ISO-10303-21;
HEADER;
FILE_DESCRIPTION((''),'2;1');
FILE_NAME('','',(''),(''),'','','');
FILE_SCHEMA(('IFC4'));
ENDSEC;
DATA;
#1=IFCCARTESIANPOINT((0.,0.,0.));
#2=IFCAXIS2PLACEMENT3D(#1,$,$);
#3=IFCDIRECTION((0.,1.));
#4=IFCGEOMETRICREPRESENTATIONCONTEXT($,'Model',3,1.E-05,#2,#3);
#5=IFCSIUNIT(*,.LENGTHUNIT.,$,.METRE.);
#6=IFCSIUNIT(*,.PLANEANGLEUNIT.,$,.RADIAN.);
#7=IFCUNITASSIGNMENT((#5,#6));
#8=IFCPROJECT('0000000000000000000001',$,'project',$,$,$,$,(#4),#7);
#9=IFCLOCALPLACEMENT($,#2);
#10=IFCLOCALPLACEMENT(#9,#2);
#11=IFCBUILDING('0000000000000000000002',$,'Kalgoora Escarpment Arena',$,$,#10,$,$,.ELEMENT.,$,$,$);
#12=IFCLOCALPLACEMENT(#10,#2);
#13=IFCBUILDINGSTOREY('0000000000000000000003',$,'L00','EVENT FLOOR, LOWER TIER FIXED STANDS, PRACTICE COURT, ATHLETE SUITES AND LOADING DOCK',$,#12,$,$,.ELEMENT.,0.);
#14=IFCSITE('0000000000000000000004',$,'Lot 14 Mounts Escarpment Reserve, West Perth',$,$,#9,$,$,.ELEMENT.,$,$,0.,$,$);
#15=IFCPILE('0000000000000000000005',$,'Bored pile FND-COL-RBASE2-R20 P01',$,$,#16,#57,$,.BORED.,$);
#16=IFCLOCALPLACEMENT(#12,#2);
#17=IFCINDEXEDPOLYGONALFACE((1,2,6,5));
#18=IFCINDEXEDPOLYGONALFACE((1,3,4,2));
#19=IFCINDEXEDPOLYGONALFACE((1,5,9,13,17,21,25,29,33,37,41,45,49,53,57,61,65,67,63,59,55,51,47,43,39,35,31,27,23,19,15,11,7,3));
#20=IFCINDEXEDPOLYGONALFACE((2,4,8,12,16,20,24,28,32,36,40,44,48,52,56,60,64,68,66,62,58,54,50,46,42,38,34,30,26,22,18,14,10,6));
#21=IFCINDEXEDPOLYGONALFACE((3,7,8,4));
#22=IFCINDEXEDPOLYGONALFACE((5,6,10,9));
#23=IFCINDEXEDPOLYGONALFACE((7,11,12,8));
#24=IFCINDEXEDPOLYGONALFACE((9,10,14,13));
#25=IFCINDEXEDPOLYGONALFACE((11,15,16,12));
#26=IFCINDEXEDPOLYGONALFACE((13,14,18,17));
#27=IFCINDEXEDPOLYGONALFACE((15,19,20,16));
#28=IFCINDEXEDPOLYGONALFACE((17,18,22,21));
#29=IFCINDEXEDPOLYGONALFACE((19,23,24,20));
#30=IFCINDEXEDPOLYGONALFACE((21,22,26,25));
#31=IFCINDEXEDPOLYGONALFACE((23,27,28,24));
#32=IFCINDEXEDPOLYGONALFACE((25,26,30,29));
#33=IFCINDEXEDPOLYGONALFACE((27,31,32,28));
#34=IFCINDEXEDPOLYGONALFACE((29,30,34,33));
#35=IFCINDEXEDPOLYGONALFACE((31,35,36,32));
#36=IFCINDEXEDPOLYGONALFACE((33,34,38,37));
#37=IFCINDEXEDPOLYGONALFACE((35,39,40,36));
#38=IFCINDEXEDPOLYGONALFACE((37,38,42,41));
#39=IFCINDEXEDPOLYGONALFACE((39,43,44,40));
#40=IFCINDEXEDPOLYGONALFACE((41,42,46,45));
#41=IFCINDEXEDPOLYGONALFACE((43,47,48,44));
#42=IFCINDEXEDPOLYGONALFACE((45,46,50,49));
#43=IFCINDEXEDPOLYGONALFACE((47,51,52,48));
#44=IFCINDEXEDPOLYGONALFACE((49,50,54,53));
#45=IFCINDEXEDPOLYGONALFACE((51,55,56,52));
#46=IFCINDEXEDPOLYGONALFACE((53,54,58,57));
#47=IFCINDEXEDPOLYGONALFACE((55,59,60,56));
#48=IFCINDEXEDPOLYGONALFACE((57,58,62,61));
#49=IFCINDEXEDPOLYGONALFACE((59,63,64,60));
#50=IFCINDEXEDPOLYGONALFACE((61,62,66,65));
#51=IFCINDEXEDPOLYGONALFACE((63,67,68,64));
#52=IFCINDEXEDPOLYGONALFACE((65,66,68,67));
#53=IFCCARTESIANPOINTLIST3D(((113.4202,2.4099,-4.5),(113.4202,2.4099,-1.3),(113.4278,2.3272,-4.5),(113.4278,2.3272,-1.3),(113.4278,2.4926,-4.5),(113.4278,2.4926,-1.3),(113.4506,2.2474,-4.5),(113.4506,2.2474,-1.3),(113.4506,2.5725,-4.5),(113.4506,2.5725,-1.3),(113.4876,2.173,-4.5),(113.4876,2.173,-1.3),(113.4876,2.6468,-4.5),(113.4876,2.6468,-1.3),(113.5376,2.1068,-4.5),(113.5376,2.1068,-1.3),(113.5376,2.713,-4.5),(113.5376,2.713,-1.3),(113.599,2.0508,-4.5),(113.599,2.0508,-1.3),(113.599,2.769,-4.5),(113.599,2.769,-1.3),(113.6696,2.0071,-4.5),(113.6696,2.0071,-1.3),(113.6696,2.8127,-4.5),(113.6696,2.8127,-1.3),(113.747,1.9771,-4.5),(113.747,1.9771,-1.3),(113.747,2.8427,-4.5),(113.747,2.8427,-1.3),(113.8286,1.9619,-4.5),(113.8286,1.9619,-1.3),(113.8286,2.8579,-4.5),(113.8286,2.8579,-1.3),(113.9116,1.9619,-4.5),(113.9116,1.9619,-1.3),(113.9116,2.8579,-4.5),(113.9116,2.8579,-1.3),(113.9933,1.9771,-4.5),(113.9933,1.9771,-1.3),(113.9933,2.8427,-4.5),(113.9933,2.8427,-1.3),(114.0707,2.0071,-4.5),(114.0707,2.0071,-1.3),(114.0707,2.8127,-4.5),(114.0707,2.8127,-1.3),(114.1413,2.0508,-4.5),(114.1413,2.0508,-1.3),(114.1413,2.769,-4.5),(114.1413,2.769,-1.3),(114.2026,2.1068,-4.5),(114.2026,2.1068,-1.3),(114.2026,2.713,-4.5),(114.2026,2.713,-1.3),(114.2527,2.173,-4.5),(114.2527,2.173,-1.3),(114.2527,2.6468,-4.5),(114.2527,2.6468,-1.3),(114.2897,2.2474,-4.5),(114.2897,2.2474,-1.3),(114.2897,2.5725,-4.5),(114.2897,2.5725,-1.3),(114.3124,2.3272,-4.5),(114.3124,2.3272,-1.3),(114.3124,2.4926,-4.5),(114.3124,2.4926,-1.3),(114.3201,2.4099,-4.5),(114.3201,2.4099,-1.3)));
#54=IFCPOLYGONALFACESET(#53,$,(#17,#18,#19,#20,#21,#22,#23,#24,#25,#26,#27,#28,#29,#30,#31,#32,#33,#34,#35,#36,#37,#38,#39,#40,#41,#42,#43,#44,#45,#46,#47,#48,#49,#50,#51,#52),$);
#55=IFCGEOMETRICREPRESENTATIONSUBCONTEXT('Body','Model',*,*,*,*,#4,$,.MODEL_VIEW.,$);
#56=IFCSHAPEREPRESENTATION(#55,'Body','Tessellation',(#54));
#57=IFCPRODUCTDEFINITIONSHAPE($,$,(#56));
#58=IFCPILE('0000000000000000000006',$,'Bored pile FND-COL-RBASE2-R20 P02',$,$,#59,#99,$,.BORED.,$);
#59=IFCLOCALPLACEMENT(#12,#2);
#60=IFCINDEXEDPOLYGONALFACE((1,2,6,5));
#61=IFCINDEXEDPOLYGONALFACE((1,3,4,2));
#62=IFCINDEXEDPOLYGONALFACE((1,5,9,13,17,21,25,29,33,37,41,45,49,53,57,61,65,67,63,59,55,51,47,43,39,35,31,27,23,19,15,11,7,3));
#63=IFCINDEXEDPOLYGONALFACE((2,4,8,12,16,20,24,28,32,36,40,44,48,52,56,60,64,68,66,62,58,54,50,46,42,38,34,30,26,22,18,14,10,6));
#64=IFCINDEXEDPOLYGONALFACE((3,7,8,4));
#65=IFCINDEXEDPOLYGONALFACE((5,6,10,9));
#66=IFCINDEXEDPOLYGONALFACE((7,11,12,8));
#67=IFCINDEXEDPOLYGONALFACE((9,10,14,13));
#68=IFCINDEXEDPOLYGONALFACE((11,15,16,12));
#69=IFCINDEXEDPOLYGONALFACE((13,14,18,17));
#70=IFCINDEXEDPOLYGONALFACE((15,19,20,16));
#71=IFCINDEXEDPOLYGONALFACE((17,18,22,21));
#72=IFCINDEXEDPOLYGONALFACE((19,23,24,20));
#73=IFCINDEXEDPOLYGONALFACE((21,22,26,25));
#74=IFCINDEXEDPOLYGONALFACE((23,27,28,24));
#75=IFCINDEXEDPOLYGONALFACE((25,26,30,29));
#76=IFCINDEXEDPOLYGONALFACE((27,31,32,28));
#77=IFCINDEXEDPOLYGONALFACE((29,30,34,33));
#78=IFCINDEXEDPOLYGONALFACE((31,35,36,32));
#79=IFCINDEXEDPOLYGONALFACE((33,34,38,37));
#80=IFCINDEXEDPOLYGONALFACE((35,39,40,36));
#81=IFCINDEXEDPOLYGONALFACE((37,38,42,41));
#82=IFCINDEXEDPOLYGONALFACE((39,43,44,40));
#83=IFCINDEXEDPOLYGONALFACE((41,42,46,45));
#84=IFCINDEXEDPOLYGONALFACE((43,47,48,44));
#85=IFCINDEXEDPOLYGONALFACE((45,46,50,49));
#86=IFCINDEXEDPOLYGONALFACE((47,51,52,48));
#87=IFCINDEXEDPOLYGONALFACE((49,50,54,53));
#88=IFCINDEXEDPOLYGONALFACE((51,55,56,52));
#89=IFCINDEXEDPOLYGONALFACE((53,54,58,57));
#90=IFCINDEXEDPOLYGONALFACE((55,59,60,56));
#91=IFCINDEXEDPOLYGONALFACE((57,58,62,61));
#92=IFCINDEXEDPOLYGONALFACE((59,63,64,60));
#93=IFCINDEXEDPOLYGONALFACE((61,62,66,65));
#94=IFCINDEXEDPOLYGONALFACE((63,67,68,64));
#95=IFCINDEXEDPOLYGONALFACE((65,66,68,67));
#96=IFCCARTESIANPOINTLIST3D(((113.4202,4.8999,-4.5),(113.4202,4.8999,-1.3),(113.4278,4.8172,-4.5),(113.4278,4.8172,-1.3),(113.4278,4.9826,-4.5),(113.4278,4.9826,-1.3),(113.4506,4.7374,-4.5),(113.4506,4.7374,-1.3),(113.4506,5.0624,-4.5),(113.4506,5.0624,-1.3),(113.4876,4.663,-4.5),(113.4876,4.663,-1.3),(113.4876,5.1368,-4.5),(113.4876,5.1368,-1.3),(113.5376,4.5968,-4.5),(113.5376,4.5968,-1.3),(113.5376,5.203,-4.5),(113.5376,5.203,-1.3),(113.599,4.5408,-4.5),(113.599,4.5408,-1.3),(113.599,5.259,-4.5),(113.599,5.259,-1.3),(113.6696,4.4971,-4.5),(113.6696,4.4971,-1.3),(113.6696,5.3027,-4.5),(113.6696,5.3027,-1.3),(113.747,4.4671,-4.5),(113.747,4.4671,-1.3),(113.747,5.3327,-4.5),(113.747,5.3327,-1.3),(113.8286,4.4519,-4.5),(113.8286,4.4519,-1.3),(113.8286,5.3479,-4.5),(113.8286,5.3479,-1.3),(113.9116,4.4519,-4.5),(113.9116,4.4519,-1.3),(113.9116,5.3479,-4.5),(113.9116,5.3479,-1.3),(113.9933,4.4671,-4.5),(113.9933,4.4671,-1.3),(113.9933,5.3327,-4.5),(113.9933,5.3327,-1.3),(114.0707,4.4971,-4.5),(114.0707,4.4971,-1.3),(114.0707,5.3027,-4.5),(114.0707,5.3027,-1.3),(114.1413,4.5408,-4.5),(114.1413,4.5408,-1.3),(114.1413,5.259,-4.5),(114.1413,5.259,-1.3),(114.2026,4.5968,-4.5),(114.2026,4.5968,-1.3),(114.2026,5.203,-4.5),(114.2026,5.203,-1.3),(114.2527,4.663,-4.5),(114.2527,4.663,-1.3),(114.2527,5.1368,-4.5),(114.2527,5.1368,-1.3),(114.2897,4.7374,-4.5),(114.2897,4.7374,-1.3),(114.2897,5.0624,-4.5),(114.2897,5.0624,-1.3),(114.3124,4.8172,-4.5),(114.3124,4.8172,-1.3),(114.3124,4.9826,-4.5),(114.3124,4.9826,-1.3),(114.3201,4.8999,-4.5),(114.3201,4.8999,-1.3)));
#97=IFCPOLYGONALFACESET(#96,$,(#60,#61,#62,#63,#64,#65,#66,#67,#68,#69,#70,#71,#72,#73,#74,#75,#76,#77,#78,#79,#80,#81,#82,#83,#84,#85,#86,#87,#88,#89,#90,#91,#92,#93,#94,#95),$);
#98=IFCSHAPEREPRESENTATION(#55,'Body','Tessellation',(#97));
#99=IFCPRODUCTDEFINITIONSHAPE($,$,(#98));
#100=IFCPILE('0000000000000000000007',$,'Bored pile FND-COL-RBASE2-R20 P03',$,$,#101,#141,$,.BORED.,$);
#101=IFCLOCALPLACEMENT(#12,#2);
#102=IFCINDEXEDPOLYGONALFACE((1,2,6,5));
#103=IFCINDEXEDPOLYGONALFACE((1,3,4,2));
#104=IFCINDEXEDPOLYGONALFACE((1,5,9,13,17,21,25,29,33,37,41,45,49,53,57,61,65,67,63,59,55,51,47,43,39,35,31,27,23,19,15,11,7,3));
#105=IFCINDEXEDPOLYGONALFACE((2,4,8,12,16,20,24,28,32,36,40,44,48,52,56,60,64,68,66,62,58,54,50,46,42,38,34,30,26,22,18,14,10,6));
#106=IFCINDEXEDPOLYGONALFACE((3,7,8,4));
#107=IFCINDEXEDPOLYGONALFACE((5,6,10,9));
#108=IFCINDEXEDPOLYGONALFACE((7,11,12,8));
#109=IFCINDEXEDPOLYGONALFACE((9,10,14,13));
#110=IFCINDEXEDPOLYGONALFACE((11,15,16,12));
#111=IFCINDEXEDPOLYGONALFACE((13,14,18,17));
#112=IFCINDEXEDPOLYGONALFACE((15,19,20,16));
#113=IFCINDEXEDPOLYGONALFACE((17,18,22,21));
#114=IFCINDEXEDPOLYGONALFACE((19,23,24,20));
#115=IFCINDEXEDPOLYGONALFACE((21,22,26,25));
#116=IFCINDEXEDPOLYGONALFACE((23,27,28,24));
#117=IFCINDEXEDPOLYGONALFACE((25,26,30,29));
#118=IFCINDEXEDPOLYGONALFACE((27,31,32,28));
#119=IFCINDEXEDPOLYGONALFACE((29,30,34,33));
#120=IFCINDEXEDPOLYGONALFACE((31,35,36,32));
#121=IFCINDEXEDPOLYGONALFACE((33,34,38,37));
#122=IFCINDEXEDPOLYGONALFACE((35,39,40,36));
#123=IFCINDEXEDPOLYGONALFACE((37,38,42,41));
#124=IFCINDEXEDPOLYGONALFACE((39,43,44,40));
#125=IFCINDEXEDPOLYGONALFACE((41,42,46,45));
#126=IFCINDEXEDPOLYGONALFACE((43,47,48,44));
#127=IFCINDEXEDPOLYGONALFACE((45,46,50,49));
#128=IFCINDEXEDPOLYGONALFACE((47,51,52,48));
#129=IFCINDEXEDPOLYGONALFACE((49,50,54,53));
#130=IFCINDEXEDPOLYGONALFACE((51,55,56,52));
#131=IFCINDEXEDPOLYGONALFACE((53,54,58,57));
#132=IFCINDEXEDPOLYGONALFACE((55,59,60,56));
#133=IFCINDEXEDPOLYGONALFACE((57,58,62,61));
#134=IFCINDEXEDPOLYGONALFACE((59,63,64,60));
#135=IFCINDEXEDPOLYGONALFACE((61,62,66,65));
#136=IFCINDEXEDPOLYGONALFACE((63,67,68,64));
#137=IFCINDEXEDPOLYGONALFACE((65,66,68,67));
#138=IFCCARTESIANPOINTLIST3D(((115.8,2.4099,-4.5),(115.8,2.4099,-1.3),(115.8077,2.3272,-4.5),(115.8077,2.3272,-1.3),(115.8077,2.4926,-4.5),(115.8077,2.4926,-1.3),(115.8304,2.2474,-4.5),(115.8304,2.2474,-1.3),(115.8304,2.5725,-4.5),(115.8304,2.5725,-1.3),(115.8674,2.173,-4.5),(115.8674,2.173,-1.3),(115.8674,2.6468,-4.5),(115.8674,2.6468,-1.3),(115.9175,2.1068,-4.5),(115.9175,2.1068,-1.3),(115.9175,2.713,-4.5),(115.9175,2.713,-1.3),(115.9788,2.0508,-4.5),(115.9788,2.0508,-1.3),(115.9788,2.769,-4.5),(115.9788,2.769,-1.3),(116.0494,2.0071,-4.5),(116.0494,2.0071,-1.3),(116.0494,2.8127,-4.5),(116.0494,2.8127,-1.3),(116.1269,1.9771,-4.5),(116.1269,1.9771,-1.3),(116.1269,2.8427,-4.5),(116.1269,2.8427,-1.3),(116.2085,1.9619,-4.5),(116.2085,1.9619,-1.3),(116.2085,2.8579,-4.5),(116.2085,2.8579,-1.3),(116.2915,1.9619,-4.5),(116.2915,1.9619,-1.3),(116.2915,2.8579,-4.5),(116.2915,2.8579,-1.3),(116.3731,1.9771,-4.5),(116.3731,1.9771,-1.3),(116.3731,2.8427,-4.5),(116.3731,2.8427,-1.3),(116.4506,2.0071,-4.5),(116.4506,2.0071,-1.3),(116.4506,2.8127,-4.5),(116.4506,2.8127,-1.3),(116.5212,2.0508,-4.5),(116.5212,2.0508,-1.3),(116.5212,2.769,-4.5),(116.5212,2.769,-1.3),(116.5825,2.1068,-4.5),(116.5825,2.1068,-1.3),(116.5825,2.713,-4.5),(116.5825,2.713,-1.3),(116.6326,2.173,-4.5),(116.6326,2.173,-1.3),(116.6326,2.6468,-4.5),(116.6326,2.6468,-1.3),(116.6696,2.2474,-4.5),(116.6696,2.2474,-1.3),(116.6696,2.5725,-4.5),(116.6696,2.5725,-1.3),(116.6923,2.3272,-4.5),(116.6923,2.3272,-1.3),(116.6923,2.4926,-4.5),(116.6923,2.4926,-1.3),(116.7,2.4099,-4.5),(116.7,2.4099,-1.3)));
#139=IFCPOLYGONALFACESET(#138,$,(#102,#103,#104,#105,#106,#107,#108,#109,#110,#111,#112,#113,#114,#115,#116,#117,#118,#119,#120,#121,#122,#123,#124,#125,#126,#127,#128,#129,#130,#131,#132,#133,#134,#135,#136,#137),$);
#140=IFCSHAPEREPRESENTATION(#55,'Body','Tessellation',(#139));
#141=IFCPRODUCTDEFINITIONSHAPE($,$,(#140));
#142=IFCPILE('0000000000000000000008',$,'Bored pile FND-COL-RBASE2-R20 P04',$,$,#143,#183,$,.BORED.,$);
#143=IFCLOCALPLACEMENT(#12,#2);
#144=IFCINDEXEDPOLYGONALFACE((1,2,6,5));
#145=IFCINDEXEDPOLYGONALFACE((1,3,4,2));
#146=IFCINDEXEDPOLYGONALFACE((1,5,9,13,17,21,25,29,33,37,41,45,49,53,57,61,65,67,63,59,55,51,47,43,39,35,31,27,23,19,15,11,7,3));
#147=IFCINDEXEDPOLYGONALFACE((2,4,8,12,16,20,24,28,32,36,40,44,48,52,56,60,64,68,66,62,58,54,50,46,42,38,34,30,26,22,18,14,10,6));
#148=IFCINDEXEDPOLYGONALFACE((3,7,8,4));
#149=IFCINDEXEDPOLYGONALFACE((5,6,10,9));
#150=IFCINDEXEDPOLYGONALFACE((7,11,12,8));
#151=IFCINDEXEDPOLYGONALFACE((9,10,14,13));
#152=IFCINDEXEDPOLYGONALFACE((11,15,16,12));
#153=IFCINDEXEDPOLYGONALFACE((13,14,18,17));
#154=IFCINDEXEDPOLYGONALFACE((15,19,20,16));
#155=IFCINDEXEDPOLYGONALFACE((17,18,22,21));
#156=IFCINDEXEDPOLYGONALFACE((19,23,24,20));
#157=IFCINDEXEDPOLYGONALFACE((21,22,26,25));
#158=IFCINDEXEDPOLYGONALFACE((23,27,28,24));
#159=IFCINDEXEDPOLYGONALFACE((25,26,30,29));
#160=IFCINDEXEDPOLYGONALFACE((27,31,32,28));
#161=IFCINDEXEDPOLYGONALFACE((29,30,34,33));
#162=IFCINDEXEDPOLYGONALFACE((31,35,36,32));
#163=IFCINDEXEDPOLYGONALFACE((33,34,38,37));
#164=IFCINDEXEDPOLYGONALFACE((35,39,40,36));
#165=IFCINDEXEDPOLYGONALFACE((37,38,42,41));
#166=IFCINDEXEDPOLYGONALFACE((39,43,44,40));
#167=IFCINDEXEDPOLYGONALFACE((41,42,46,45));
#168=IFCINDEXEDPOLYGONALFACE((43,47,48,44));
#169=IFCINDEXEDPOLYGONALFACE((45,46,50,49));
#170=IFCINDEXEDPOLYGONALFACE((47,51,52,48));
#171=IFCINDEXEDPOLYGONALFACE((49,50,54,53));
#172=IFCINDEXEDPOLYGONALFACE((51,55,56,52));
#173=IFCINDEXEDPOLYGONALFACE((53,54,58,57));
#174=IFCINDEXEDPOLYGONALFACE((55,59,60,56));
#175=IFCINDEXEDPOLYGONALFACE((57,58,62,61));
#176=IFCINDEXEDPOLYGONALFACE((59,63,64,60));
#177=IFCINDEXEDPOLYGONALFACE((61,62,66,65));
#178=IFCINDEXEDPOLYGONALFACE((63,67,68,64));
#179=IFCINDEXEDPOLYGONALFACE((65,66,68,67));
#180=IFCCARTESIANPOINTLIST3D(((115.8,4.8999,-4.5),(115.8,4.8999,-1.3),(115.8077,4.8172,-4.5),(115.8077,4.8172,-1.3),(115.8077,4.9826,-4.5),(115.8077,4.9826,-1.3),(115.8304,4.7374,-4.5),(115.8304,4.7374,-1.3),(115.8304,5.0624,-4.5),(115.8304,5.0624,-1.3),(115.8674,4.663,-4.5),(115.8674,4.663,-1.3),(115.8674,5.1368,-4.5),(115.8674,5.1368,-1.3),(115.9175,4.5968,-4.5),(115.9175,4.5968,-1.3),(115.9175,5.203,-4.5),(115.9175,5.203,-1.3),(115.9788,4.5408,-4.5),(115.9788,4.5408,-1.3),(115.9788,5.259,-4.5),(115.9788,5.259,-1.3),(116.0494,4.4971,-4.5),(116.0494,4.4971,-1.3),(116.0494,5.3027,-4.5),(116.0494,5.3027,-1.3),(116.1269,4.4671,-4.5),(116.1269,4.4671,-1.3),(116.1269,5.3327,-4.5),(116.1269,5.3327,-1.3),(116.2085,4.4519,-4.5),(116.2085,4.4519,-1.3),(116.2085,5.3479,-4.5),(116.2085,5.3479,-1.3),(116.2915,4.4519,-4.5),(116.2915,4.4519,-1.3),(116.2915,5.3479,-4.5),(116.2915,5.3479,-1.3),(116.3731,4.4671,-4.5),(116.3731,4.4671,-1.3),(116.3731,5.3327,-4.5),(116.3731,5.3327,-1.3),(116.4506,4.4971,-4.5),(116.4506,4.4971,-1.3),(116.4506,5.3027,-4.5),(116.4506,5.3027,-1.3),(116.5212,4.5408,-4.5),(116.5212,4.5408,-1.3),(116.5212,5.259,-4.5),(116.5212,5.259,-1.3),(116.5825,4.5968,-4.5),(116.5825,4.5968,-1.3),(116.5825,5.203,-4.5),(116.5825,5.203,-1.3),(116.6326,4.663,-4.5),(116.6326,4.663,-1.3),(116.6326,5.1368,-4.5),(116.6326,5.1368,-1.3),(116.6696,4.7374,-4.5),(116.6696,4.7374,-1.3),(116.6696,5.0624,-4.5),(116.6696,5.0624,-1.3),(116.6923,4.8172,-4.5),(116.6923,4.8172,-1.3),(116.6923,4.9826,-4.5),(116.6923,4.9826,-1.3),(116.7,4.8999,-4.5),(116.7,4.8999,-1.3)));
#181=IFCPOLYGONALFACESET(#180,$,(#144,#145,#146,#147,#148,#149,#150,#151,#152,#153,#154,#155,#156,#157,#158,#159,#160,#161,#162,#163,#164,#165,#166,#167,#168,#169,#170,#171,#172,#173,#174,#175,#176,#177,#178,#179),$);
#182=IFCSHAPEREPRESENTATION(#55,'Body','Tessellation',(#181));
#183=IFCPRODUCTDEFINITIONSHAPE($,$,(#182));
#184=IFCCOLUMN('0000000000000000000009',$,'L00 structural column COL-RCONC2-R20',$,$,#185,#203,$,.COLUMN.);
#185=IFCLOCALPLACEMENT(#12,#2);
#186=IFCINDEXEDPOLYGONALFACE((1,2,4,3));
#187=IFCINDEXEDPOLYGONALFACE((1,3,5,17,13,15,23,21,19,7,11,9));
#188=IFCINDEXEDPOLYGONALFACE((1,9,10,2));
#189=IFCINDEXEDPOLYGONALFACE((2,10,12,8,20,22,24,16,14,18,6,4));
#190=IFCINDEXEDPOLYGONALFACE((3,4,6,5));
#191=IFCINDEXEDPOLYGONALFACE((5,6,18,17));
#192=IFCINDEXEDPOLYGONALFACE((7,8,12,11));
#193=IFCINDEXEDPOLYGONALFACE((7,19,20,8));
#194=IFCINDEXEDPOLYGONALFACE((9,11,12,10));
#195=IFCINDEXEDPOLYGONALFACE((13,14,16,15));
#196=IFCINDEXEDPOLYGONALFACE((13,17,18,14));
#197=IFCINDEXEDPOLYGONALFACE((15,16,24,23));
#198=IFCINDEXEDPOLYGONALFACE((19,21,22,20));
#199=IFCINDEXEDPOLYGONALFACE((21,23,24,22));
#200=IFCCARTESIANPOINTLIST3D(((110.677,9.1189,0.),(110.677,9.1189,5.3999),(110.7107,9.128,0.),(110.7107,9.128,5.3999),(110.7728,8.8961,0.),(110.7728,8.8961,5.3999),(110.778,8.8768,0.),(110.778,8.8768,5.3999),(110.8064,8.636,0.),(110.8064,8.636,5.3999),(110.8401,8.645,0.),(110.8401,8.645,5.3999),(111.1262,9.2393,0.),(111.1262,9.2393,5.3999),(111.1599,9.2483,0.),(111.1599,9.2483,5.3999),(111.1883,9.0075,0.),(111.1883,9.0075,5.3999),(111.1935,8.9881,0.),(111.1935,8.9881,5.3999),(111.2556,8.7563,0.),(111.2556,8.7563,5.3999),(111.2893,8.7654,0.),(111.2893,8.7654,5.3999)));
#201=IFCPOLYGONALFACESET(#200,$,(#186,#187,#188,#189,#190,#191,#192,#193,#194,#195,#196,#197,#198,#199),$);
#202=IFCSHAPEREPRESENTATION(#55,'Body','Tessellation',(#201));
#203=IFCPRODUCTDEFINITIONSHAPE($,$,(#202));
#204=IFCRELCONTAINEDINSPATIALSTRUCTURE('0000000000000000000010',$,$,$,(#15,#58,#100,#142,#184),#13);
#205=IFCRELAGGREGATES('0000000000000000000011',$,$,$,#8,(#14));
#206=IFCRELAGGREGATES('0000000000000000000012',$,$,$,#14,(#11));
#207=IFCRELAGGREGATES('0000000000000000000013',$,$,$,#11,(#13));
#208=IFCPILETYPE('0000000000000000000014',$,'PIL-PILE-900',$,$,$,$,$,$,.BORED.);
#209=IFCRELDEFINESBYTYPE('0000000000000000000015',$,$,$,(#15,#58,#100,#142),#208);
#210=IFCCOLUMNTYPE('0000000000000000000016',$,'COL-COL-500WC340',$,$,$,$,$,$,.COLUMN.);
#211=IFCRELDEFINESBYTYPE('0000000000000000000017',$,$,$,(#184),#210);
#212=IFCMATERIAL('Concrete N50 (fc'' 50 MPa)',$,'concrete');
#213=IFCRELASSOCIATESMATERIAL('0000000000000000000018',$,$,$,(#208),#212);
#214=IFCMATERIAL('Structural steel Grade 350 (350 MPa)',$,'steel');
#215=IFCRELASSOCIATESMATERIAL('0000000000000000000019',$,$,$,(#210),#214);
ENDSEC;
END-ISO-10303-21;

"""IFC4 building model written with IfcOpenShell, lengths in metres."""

from ifc_helpers import new_model, si_unit, direction, frame, origin, origin_2d, place, context, subcontext, project, spatial, circle, i_section, extrude, material, material_profile, profile_set, type_object, element, save


model = new_model("IFC4")

# Units and contexts
model_context = context("Model", 3, precision=1e-05, world=origin(), true_north=direction((0.0, 1.0)))
body_context = subcontext(model_context, "Body", "Model", "MODEL_VIEW")
ifc_project = project(units=[si_unit("LENGTHUNIT", "METRE"), si_unit("PLANEANGLEUNIT", "RADIAN")], contexts=[model_context])

# Site, building, storey
site_placement = place(None, origin())
site = spatial("IfcSite", under=ifc_project, at=site_placement, Name="Lot 14 Mounts Escarpment Reserve, West Perth", CompositionType="ELEMENT", RefElevation=0.0)
building_placement = place(site_placement, origin())
building = spatial("IfcBuilding", under=site, at=building_placement, Name="Kalgoora Escarpment Arena", CompositionType="ELEMENT")
storey_placement = place(building_placement, origin())
storey = spatial("IfcBuildingStorey", under=building, at=storey_placement, Name="L00", Description="EVENT FLOOR, LOWER TIER FIXED STANDS, PRACTICE COURT, ATHLETE SUITES AND LOADING DOCK", CompositionType="ELEMENT", Elevation=0.0)

# Piles
ifc_material_1 = material(Name="Concrete N50 (fc' 50 MPa)", Category="concrete")
ifc_material_profile_1 = material_profile(ifc_material_1, circle(Radius=0.45, at=origin_2d()))
ifc_profile_set_1 = profile_set([ifc_material_profile_1], Name="Concrete N50 (fc' 50 MPa)")
pile_type = type_object("IfcPileType", Name="PIL-PILE-900", PredefinedType="BORED", material=ifc_profile_set_1)
for number, where, z_axis, x_axis, name in (
    (1, (113.8701, 2.4099, -1.3), (0.0, 0.0, -1.0), (1.0, 0.0, 0.0), "Bored pile FND-COL-RBASE2-R20 P01"),
    (2, (113.8701, 4.8999, -1.3), (0.0, 0.0, -1.0), (1.0, 0.0, 0.0), "Bored pile FND-COL-RBASE2-R20 P02"),
    (3, (116.25, 2.4099, -1.3), (0.0, 0.0, -1.0), (1.0, 0.0, 0.0), "Bored pile FND-COL-RBASE2-R20 P03"),
    (4, (116.25, 4.8999, -1.3), (0.0, 0.0, -1.0), (1.0, 0.0, 0.0), "Bored pile FND-COL-RBASE2-R20 P04"),
):
    element("IfcPile", number, at=place(storey_placement, frame(where, z_axis=z_axis, x_axis=x_axis)), inside=storey, type_object=pile_type, Name=name, PredefinedType="BORED", context=body_context, shape_type="SweptSolid", body=[
        extrude(circle(Radius=0.45, at=origin_2d()), origin(), (0.0, 0.0, 1.0), 3.2),
    ])

# Column
ifc_material_2 = material(Name="Structural steel Grade 350 (350 MPa)", Category="steel")
ifc_material_profile_2 = material_profile(ifc_material_2, i_section(OverallWidth=0.5, OverallDepth=0.5, WebThickness=0.02, FlangeThickness=0.0349, at=origin_2d()))
ifc_profile_set_2 = profile_set([ifc_material_profile_2], Name="Structural steel Grade 350 (350 MPa)")
column_type_1 = type_object("IfcColumnType", Name="COL-COL-500WC340", PredefinedType="COLUMN", material=ifc_profile_set_2)
column_1_placement = place(storey_placement, frame((110.9832, 8.9421, 0.0), z_axis=(0.0, 0.0, 1.0), x_axis=(0.258819, -0.965926, 0.0)))
element("IfcColumn", 5, at=column_1_placement, inside=storey, type_object=column_type_1, Name="L00 structural column COL-RCONC2-R20", PredefinedType="COLUMN", context=body_context, shape_type="SweptSolid", body=[
    extrude(i_section(OverallWidth=0.5, OverallDepth=0.5, WebThickness=0.02, FlangeThickness=0.0349, at=origin_2d()), origin(), (0.0, 0.0, 1.0), 5.3999),
])

save(model, "model.ifc")
